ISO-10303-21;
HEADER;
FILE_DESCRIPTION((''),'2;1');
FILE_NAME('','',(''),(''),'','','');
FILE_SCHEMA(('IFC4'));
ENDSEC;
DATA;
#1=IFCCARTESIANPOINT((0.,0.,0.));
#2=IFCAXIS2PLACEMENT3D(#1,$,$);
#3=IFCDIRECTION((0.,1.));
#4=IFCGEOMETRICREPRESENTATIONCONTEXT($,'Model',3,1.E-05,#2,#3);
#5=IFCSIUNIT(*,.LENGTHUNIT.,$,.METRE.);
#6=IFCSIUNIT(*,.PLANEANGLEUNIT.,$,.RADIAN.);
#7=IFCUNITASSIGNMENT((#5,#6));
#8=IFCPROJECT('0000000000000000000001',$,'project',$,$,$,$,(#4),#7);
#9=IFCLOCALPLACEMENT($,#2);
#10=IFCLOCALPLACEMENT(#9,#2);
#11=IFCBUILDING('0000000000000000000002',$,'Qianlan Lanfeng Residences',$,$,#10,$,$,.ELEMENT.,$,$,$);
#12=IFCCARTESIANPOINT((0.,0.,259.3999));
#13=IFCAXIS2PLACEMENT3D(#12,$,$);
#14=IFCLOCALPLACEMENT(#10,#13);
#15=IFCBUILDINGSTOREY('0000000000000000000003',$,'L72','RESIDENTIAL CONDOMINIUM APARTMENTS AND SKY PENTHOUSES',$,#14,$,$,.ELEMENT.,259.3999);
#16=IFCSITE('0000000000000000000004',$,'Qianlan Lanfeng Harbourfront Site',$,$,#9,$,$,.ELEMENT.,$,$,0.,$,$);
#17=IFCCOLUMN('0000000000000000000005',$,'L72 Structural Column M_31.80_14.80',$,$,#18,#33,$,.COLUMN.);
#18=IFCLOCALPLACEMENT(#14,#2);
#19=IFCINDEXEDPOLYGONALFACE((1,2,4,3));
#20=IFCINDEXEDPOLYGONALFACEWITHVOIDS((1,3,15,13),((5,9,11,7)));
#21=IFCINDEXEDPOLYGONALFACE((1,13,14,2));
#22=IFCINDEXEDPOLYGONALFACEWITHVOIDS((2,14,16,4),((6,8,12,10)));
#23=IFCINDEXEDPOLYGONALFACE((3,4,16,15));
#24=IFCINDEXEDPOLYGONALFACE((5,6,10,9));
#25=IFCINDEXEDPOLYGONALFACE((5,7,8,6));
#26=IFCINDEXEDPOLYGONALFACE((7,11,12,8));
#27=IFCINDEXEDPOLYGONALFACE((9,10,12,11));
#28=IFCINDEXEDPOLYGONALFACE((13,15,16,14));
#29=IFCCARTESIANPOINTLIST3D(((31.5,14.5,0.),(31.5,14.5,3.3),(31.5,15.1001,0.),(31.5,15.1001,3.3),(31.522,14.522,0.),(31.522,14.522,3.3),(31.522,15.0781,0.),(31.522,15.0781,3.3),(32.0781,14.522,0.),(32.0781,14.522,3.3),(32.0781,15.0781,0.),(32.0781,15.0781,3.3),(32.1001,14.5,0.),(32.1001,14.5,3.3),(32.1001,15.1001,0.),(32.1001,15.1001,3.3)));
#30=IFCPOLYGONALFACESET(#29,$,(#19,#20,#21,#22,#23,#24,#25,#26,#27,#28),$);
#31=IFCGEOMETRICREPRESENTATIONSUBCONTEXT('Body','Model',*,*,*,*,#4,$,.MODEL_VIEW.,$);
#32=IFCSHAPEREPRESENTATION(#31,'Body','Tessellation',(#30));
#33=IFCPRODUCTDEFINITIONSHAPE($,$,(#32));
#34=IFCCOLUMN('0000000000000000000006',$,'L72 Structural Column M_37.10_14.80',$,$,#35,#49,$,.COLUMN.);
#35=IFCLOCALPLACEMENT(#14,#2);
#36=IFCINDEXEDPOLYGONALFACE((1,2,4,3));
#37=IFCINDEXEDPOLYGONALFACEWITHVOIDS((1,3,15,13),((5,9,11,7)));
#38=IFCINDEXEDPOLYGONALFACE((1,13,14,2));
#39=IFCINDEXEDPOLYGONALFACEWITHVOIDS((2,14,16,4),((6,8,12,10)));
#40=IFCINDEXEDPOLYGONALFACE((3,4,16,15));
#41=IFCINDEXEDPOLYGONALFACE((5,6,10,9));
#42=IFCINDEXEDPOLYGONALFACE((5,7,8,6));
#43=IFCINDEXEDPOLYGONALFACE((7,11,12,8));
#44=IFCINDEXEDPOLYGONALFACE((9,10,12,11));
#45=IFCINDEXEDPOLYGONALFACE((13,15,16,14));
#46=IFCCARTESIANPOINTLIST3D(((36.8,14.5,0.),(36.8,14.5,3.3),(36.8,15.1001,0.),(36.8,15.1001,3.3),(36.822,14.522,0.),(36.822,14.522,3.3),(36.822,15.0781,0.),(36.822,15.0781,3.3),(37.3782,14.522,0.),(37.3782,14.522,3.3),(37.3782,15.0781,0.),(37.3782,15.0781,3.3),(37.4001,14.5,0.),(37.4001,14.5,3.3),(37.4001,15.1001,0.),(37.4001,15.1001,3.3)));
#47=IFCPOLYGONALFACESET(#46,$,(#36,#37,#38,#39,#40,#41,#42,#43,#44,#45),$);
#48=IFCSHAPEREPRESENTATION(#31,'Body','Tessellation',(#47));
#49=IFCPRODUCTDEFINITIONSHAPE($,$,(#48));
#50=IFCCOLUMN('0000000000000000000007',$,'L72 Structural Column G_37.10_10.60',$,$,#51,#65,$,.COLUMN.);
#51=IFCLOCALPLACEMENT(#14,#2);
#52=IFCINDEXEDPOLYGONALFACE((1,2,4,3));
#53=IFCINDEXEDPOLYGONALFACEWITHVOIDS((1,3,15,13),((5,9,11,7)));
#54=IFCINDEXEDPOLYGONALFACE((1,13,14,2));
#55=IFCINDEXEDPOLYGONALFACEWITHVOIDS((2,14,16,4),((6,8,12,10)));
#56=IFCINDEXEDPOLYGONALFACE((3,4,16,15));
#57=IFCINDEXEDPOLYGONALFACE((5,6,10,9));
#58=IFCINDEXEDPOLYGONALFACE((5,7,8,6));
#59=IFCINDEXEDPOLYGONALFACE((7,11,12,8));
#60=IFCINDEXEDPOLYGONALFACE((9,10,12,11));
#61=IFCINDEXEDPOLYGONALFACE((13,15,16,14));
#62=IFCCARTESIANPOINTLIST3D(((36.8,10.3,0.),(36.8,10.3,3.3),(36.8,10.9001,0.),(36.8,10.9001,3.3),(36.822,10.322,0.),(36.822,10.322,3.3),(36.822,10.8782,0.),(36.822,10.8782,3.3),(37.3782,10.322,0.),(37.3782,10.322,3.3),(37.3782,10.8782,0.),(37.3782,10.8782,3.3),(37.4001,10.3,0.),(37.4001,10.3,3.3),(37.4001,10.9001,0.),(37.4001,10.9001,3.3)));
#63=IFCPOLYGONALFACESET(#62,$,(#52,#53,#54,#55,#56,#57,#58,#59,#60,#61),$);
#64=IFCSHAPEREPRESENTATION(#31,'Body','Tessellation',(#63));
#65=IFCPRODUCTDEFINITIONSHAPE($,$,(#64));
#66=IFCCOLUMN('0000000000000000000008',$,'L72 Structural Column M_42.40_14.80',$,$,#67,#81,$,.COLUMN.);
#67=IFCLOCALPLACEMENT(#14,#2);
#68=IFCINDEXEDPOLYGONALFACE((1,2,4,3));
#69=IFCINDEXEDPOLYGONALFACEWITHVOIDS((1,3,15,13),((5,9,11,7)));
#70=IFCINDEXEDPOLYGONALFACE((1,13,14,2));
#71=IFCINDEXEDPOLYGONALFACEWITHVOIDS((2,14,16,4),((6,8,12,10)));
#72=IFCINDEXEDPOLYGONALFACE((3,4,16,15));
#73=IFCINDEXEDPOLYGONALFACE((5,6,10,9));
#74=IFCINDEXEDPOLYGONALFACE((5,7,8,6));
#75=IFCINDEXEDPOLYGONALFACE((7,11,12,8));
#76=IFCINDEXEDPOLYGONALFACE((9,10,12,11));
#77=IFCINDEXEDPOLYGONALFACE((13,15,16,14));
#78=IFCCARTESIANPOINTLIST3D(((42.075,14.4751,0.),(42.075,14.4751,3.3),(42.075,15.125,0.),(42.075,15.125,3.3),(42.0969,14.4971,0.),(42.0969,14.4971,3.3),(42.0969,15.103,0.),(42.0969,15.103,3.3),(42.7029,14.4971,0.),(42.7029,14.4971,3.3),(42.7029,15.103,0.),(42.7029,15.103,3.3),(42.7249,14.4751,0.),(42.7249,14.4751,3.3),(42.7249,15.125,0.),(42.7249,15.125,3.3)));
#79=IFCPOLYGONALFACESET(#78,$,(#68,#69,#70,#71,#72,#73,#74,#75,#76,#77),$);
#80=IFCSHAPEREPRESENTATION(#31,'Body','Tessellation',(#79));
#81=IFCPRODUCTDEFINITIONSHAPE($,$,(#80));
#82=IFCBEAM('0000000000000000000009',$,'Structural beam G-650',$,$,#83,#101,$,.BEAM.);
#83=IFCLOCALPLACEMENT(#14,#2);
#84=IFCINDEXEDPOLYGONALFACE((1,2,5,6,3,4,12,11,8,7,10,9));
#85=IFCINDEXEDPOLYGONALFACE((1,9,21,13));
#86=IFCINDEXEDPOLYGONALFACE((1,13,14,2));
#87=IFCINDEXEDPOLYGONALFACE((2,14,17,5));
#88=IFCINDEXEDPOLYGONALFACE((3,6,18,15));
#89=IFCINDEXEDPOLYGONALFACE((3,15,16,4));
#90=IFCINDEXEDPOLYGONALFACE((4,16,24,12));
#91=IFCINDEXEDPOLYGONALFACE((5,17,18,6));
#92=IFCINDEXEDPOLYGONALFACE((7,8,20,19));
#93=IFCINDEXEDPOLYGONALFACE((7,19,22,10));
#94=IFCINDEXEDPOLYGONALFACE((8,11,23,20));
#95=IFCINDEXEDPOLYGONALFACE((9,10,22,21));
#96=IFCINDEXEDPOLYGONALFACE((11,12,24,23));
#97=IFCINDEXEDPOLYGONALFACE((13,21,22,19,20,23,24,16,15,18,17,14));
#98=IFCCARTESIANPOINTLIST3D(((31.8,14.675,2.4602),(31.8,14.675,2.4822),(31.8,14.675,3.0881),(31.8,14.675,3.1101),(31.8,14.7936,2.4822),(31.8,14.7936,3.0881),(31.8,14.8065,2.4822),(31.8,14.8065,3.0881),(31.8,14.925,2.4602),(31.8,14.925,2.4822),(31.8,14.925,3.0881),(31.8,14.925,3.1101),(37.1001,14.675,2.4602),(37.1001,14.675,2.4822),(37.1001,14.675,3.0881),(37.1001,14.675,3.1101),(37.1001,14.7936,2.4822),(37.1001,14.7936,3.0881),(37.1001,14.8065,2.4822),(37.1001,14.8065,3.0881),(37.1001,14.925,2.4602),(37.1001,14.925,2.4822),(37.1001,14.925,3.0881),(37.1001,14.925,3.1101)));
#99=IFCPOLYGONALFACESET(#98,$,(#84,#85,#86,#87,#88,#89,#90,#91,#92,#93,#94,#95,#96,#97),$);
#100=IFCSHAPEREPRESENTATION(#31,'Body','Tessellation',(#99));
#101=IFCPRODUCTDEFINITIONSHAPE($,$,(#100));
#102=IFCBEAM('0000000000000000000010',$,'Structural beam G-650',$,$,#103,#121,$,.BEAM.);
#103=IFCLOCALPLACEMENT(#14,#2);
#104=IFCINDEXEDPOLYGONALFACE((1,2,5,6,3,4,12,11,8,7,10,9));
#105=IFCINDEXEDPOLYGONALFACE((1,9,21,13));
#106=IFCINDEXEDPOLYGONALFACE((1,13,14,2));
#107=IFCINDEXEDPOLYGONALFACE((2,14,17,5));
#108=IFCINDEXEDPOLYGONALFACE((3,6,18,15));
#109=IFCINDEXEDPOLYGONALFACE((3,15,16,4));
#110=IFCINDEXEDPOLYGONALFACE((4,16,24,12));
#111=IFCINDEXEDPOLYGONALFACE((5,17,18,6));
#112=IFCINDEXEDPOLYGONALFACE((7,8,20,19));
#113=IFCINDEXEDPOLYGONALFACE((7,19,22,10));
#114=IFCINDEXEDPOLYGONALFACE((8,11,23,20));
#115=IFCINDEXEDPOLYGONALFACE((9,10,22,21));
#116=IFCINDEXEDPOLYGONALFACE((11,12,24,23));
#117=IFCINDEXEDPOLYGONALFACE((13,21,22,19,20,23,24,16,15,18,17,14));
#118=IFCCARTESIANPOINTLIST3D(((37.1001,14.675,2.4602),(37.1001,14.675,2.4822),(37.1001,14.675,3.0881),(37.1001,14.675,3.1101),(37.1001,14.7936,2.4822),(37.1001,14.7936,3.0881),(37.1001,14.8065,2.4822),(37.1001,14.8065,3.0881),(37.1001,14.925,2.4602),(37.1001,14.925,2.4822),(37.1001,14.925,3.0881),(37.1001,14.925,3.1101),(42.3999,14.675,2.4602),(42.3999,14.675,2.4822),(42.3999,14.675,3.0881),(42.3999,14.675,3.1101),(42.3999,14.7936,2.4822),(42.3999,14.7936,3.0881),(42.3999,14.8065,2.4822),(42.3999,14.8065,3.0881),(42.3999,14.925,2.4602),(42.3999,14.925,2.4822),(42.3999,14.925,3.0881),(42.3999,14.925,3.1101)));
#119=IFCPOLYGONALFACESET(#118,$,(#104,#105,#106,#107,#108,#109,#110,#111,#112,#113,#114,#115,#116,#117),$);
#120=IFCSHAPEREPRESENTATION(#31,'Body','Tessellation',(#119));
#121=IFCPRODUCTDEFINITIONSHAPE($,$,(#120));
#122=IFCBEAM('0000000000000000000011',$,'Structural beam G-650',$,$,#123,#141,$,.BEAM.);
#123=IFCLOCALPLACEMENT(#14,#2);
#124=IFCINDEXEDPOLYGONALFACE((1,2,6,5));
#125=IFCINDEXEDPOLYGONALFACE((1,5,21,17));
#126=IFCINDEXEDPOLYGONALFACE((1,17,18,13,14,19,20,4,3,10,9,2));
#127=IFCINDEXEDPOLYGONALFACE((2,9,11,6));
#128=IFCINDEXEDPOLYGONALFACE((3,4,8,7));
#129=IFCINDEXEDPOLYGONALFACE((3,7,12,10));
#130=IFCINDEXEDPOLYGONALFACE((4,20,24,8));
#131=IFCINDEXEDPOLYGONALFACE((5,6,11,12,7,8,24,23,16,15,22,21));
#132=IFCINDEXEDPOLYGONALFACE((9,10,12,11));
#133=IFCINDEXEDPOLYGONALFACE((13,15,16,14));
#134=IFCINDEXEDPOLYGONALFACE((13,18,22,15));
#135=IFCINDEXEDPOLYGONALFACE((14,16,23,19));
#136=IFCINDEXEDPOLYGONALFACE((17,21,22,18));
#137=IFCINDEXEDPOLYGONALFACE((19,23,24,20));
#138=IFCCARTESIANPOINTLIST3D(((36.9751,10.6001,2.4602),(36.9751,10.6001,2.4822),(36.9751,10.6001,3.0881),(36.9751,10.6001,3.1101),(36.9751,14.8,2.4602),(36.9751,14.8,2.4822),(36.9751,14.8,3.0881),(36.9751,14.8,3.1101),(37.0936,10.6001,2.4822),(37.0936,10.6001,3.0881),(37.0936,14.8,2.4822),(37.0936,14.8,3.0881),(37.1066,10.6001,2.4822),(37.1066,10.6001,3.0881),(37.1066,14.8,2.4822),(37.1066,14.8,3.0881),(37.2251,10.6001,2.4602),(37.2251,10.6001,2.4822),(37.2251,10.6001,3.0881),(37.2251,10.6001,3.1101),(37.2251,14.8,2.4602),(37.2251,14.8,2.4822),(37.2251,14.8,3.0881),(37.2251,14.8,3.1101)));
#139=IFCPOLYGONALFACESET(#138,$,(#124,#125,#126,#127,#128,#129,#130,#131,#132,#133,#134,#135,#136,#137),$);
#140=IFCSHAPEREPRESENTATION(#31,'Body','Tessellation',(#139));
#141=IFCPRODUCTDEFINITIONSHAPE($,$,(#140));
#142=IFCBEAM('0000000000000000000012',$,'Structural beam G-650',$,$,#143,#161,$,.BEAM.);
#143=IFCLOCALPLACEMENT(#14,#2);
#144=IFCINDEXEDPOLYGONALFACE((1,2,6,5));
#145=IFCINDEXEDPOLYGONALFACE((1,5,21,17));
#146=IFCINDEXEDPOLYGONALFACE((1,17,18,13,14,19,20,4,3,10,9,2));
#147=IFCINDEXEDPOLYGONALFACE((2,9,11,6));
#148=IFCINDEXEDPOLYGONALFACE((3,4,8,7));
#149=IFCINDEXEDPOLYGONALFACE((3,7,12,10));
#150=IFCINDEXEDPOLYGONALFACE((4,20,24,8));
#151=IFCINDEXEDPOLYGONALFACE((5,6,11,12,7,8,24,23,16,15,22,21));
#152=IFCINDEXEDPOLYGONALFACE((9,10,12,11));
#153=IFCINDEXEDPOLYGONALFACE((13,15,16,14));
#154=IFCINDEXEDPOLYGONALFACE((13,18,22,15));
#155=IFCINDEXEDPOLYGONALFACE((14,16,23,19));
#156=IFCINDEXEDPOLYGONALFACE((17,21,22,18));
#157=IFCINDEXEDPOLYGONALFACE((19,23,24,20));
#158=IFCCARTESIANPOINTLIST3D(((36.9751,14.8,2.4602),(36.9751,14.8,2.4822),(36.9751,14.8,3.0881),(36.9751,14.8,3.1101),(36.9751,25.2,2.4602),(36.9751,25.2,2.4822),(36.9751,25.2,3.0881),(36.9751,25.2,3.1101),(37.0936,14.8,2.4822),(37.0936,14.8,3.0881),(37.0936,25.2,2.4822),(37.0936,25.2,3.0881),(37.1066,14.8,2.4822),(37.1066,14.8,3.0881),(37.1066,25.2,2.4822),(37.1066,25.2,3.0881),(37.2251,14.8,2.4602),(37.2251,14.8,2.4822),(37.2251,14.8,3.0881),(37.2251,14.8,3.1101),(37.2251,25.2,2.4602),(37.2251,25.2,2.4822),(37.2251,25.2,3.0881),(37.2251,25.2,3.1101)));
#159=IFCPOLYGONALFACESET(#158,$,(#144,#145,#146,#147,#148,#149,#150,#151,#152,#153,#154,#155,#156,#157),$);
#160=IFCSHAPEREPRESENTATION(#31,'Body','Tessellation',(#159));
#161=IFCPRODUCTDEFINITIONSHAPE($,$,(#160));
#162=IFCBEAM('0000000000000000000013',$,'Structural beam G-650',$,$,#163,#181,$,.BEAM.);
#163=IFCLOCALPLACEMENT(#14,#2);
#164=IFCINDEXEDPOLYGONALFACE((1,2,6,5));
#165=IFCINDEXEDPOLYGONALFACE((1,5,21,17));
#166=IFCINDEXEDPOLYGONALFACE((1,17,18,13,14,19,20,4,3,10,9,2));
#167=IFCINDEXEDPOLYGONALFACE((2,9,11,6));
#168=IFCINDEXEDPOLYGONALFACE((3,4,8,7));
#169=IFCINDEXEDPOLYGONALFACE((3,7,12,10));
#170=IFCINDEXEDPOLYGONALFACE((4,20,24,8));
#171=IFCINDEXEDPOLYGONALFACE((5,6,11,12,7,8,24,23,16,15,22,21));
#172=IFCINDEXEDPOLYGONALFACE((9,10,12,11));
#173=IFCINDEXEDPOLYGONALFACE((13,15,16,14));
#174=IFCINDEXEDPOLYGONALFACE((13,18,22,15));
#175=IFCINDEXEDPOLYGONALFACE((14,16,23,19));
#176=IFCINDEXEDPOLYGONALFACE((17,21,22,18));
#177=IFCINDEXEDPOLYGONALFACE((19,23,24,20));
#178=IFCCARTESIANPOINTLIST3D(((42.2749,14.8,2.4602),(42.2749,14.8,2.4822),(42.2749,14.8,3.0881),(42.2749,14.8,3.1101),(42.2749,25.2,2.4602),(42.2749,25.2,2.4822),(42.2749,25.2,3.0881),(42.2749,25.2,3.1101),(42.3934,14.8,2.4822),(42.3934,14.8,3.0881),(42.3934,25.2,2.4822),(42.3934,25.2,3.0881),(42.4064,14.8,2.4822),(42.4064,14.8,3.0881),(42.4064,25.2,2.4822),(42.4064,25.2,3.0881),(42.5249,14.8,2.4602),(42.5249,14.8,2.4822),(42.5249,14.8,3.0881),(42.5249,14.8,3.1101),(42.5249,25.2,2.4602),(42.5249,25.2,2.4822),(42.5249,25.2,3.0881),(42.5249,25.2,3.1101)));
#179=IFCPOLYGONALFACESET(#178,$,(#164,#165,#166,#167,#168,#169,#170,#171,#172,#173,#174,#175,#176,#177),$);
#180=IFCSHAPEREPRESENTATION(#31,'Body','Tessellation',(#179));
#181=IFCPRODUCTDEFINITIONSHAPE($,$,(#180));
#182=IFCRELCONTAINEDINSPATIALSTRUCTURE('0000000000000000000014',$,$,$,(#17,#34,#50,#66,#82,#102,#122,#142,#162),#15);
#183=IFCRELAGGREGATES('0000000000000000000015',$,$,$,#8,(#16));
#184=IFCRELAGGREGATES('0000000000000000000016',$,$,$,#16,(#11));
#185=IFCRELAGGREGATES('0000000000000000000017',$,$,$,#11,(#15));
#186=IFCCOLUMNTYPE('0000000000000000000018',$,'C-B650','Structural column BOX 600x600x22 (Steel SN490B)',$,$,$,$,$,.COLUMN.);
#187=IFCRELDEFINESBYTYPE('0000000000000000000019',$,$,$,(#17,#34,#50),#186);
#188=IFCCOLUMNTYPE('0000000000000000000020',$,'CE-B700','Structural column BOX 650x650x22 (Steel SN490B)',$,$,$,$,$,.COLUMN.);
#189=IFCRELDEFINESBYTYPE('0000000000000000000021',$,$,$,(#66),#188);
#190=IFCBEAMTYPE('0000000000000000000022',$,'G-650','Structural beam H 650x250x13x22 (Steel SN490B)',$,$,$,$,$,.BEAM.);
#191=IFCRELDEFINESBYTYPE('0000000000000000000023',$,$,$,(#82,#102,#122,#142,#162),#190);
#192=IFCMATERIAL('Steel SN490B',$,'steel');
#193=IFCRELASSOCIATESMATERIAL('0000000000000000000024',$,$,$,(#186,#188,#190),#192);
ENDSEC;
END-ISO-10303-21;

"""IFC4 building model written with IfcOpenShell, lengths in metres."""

from ifc_helpers import new_model, si_unit, direction, frame, origin, origin_2d, place, context, subcontext, project, spatial, hollow_rectangle, i_section, extrude, material, material_profile, profile_set, type_object, element, save


model = new_model("IFC4")

# Units and contexts
model_context = context("Model", 3, precision=1e-05, world=origin(), true_north=direction((0.0, 1.0)))
body_context = subcontext(model_context, "Body", "Model", "MODEL_VIEW")
ifc_project = project(units=[si_unit("LENGTHUNIT", "METRE"), si_unit("PLANEANGLEUNIT", "RADIAN")], contexts=[model_context])

# Site, building, storey
site_placement = place(None, origin())
site = spatial("IfcSite", under=ifc_project, at=site_placement, Name="Qianlan Lanfeng Harbourfront Site", CompositionType="ELEMENT", RefElevation=0.0)
building_placement = place(site_placement, origin())
building = spatial("IfcBuilding", under=site, at=building_placement, Name="Qianlan Lanfeng Residences", CompositionType="ELEMENT")
storey_placement = place(building_placement, frame((0.0, 0.0, 259.3999)))
storey = spatial("IfcBuildingStorey", under=building, at=storey_placement, Name="L72", Description="RESIDENTIAL CONDOMINIUM APARTMENTS AND SKY PENTHOUSES", CompositionType="ELEMENT", Elevation=259.3999)

# Columns
ifc_material_1 = material(Name="Steel SN490B", Category="steel")
ifc_material_profile_1 = material_profile(ifc_material_1, hollow_rectangle(XDim=0.6001, YDim=0.6001, WallThickness=0.022, at=origin_2d()), Name="BOX 600x600x22")
ifc_profile_set_1 = profile_set([ifc_material_profile_1], Name="Steel SN490B")
column_type_1 = type_object("IfcColumnType", Name="C-B650", Description="Structural column BOX 600x600x22 (Steel SN490B)", PredefinedType="COLUMN", material=ifc_profile_set_1)
for number, where, z_axis, x_axis, name in (
    (1, (31.8, 14.8, 0.0), (0.0, 0.0, 1.0), (1.0, 0.0, 0.0), "L72 Structural Column M_31.80_14.80"),
    (2, (37.1001, 14.8, 0.0), (0.0, 0.0, 1.0), (1.0, 0.0, 0.0), "L72 Structural Column M_37.10_14.80"),
    (3, (37.1001, 10.6001, 0.0), (0.0, 0.0, 1.0), (1.0, 0.0, 0.0), "L72 Structural Column G_37.10_10.60"),
):
    element("IfcColumn", number, at=place(storey_placement, frame(where, z_axis=z_axis, x_axis=x_axis)), inside=storey, type_object=column_type_1, Name=name, PredefinedType="COLUMN", context=body_context, shape_type="SweptSolid", body=[
        extrude(hollow_rectangle(XDim=0.6001, YDim=0.6001, WallThickness=0.022, at=origin_2d()), origin(), (0.0, 0.0, 1.0), 3.3),
    ])
ifc_material_profile_2 = material_profile(ifc_material_1, hollow_rectangle(XDim=0.6499, YDim=0.6499, WallThickness=0.022, at=origin_2d()), Name="BOX 650x650x22")
ifc_profile_set_2 = profile_set([ifc_material_profile_2], Name="Steel SN490B")
column_type_2 = type_object("IfcColumnType", Name="CE-B700", Description="Structural column BOX 650x650x22 (Steel SN490B)", PredefinedType="COLUMN", material=ifc_profile_set_2)
column_placement = place(storey_placement, frame((42.3999, 14.8, 0.0), z_axis=(0.0, 0.0, 1.0), x_axis=(1.0, 0.0, 0.0)))
element("IfcColumn", 4, at=column_placement, inside=storey, type_object=column_type_2, Name="L72 Structural Column M_42.40_14.80", PredefinedType="COLUMN", context=body_context, shape_type="SweptSolid", body=[
    extrude(hollow_rectangle(XDim=0.6499, YDim=0.6499, WallThickness=0.022, at=origin_2d()), origin(), (0.0, 0.0, 1.0), 3.3),
])

# Beams
ifc_material_profile_3 = material_profile(ifc_material_1, i_section(OverallWidth=0.25, OverallDepth=0.6499, WebThickness=0.0129, FlangeThickness=0.022, at=origin_2d()), Name="H 650x250x13x22")
ifc_profile_set_3 = profile_set([ifc_material_profile_3], Name="Steel SN490B")
beam_type_1 = type_object("IfcBeamType", Name="G-650", Description="Structural beam H 650x250x13x22 (Steel SN490B)", PredefinedType="BEAM", material=ifc_profile_set_3)
beam_1_placement = place(storey_placement, frame((31.8, 14.8, 2.7852), z_axis=(1.0, 0.0, 0.0), x_axis=(0.0, 1.0, 0.0)))
element("IfcBeam", 5, at=beam_1_placement, inside=storey, type_object=beam_type_1, Name="Structural beam G-650", PredefinedType="BEAM", context=body_context, shape_type="SweptSolid", body=[
    extrude(i_section(OverallWidth=0.25, OverallDepth=0.6499, WebThickness=0.0129, FlangeThickness=0.022, at=origin_2d()), origin(), (0.0, 0.0, 1.0), 5.3),
])
beam_2_placement = place(storey_placement, frame((37.1001, 14.8, 2.7852), z_axis=(1.0, 0.0, 0.0), x_axis=(0.0, 1.0, 0.0)))
element("IfcBeam", 6, at=beam_2_placement, inside=storey, type_object=beam_type_1, Name="Structural beam G-650", PredefinedType="BEAM", context=body_context, shape_type="SweptSolid", body=[
    extrude(i_section(OverallWidth=0.25, OverallDepth=0.6499, WebThickness=0.0129, FlangeThickness=0.022, at=origin_2d()), origin(), (0.0, 0.0, 1.0), 5.2998),
])
beam_3_placement = place(storey_placement, frame((37.1001, 10.6001, 2.7852), z_axis=(0.0, 1.0, 0.0), x_axis=(-1.0, 0.0, 0.0)))
element("IfcBeam", 7, at=beam_3_placement, inside=storey, type_object=beam_type_1, Name="Structural beam G-650", PredefinedType="BEAM", context=body_context, shape_type="SweptSolid", body=[
    extrude(i_section(OverallWidth=0.25, OverallDepth=0.6499, WebThickness=0.0129, FlangeThickness=0.022, at=origin_2d()), origin(), (0.0, 0.0, 1.0), 4.2),
])
for number, where, z_axis, x_axis, name in (
    (8, (37.1001, 14.8, 2.7852), (0.0, 1.0, 0.0), (-1.0, 0.0, 0.0), "Structural beam G-650"),
    (9, (42.3999, 14.8, 2.7852), (0.0, 1.0, 0.0), (-1.0, 0.0, 0.0), "Structural beam G-650"),
):
    element("IfcBeam", number, at=place(storey_placement, frame(where, z_axis=z_axis, x_axis=x_axis)), inside=storey, type_object=beam_type_1, Name=name, PredefinedType="BEAM", context=body_context, shape_type="SweptSolid", body=[
        extrude(i_section(OverallWidth=0.25, OverallDepth=0.6499, WebThickness=0.0129, FlangeThickness=0.022, at=origin_2d()), origin(), (0.0, 0.0, 1.0), 10.3999),
    ])

save(model, "model.ifc")
